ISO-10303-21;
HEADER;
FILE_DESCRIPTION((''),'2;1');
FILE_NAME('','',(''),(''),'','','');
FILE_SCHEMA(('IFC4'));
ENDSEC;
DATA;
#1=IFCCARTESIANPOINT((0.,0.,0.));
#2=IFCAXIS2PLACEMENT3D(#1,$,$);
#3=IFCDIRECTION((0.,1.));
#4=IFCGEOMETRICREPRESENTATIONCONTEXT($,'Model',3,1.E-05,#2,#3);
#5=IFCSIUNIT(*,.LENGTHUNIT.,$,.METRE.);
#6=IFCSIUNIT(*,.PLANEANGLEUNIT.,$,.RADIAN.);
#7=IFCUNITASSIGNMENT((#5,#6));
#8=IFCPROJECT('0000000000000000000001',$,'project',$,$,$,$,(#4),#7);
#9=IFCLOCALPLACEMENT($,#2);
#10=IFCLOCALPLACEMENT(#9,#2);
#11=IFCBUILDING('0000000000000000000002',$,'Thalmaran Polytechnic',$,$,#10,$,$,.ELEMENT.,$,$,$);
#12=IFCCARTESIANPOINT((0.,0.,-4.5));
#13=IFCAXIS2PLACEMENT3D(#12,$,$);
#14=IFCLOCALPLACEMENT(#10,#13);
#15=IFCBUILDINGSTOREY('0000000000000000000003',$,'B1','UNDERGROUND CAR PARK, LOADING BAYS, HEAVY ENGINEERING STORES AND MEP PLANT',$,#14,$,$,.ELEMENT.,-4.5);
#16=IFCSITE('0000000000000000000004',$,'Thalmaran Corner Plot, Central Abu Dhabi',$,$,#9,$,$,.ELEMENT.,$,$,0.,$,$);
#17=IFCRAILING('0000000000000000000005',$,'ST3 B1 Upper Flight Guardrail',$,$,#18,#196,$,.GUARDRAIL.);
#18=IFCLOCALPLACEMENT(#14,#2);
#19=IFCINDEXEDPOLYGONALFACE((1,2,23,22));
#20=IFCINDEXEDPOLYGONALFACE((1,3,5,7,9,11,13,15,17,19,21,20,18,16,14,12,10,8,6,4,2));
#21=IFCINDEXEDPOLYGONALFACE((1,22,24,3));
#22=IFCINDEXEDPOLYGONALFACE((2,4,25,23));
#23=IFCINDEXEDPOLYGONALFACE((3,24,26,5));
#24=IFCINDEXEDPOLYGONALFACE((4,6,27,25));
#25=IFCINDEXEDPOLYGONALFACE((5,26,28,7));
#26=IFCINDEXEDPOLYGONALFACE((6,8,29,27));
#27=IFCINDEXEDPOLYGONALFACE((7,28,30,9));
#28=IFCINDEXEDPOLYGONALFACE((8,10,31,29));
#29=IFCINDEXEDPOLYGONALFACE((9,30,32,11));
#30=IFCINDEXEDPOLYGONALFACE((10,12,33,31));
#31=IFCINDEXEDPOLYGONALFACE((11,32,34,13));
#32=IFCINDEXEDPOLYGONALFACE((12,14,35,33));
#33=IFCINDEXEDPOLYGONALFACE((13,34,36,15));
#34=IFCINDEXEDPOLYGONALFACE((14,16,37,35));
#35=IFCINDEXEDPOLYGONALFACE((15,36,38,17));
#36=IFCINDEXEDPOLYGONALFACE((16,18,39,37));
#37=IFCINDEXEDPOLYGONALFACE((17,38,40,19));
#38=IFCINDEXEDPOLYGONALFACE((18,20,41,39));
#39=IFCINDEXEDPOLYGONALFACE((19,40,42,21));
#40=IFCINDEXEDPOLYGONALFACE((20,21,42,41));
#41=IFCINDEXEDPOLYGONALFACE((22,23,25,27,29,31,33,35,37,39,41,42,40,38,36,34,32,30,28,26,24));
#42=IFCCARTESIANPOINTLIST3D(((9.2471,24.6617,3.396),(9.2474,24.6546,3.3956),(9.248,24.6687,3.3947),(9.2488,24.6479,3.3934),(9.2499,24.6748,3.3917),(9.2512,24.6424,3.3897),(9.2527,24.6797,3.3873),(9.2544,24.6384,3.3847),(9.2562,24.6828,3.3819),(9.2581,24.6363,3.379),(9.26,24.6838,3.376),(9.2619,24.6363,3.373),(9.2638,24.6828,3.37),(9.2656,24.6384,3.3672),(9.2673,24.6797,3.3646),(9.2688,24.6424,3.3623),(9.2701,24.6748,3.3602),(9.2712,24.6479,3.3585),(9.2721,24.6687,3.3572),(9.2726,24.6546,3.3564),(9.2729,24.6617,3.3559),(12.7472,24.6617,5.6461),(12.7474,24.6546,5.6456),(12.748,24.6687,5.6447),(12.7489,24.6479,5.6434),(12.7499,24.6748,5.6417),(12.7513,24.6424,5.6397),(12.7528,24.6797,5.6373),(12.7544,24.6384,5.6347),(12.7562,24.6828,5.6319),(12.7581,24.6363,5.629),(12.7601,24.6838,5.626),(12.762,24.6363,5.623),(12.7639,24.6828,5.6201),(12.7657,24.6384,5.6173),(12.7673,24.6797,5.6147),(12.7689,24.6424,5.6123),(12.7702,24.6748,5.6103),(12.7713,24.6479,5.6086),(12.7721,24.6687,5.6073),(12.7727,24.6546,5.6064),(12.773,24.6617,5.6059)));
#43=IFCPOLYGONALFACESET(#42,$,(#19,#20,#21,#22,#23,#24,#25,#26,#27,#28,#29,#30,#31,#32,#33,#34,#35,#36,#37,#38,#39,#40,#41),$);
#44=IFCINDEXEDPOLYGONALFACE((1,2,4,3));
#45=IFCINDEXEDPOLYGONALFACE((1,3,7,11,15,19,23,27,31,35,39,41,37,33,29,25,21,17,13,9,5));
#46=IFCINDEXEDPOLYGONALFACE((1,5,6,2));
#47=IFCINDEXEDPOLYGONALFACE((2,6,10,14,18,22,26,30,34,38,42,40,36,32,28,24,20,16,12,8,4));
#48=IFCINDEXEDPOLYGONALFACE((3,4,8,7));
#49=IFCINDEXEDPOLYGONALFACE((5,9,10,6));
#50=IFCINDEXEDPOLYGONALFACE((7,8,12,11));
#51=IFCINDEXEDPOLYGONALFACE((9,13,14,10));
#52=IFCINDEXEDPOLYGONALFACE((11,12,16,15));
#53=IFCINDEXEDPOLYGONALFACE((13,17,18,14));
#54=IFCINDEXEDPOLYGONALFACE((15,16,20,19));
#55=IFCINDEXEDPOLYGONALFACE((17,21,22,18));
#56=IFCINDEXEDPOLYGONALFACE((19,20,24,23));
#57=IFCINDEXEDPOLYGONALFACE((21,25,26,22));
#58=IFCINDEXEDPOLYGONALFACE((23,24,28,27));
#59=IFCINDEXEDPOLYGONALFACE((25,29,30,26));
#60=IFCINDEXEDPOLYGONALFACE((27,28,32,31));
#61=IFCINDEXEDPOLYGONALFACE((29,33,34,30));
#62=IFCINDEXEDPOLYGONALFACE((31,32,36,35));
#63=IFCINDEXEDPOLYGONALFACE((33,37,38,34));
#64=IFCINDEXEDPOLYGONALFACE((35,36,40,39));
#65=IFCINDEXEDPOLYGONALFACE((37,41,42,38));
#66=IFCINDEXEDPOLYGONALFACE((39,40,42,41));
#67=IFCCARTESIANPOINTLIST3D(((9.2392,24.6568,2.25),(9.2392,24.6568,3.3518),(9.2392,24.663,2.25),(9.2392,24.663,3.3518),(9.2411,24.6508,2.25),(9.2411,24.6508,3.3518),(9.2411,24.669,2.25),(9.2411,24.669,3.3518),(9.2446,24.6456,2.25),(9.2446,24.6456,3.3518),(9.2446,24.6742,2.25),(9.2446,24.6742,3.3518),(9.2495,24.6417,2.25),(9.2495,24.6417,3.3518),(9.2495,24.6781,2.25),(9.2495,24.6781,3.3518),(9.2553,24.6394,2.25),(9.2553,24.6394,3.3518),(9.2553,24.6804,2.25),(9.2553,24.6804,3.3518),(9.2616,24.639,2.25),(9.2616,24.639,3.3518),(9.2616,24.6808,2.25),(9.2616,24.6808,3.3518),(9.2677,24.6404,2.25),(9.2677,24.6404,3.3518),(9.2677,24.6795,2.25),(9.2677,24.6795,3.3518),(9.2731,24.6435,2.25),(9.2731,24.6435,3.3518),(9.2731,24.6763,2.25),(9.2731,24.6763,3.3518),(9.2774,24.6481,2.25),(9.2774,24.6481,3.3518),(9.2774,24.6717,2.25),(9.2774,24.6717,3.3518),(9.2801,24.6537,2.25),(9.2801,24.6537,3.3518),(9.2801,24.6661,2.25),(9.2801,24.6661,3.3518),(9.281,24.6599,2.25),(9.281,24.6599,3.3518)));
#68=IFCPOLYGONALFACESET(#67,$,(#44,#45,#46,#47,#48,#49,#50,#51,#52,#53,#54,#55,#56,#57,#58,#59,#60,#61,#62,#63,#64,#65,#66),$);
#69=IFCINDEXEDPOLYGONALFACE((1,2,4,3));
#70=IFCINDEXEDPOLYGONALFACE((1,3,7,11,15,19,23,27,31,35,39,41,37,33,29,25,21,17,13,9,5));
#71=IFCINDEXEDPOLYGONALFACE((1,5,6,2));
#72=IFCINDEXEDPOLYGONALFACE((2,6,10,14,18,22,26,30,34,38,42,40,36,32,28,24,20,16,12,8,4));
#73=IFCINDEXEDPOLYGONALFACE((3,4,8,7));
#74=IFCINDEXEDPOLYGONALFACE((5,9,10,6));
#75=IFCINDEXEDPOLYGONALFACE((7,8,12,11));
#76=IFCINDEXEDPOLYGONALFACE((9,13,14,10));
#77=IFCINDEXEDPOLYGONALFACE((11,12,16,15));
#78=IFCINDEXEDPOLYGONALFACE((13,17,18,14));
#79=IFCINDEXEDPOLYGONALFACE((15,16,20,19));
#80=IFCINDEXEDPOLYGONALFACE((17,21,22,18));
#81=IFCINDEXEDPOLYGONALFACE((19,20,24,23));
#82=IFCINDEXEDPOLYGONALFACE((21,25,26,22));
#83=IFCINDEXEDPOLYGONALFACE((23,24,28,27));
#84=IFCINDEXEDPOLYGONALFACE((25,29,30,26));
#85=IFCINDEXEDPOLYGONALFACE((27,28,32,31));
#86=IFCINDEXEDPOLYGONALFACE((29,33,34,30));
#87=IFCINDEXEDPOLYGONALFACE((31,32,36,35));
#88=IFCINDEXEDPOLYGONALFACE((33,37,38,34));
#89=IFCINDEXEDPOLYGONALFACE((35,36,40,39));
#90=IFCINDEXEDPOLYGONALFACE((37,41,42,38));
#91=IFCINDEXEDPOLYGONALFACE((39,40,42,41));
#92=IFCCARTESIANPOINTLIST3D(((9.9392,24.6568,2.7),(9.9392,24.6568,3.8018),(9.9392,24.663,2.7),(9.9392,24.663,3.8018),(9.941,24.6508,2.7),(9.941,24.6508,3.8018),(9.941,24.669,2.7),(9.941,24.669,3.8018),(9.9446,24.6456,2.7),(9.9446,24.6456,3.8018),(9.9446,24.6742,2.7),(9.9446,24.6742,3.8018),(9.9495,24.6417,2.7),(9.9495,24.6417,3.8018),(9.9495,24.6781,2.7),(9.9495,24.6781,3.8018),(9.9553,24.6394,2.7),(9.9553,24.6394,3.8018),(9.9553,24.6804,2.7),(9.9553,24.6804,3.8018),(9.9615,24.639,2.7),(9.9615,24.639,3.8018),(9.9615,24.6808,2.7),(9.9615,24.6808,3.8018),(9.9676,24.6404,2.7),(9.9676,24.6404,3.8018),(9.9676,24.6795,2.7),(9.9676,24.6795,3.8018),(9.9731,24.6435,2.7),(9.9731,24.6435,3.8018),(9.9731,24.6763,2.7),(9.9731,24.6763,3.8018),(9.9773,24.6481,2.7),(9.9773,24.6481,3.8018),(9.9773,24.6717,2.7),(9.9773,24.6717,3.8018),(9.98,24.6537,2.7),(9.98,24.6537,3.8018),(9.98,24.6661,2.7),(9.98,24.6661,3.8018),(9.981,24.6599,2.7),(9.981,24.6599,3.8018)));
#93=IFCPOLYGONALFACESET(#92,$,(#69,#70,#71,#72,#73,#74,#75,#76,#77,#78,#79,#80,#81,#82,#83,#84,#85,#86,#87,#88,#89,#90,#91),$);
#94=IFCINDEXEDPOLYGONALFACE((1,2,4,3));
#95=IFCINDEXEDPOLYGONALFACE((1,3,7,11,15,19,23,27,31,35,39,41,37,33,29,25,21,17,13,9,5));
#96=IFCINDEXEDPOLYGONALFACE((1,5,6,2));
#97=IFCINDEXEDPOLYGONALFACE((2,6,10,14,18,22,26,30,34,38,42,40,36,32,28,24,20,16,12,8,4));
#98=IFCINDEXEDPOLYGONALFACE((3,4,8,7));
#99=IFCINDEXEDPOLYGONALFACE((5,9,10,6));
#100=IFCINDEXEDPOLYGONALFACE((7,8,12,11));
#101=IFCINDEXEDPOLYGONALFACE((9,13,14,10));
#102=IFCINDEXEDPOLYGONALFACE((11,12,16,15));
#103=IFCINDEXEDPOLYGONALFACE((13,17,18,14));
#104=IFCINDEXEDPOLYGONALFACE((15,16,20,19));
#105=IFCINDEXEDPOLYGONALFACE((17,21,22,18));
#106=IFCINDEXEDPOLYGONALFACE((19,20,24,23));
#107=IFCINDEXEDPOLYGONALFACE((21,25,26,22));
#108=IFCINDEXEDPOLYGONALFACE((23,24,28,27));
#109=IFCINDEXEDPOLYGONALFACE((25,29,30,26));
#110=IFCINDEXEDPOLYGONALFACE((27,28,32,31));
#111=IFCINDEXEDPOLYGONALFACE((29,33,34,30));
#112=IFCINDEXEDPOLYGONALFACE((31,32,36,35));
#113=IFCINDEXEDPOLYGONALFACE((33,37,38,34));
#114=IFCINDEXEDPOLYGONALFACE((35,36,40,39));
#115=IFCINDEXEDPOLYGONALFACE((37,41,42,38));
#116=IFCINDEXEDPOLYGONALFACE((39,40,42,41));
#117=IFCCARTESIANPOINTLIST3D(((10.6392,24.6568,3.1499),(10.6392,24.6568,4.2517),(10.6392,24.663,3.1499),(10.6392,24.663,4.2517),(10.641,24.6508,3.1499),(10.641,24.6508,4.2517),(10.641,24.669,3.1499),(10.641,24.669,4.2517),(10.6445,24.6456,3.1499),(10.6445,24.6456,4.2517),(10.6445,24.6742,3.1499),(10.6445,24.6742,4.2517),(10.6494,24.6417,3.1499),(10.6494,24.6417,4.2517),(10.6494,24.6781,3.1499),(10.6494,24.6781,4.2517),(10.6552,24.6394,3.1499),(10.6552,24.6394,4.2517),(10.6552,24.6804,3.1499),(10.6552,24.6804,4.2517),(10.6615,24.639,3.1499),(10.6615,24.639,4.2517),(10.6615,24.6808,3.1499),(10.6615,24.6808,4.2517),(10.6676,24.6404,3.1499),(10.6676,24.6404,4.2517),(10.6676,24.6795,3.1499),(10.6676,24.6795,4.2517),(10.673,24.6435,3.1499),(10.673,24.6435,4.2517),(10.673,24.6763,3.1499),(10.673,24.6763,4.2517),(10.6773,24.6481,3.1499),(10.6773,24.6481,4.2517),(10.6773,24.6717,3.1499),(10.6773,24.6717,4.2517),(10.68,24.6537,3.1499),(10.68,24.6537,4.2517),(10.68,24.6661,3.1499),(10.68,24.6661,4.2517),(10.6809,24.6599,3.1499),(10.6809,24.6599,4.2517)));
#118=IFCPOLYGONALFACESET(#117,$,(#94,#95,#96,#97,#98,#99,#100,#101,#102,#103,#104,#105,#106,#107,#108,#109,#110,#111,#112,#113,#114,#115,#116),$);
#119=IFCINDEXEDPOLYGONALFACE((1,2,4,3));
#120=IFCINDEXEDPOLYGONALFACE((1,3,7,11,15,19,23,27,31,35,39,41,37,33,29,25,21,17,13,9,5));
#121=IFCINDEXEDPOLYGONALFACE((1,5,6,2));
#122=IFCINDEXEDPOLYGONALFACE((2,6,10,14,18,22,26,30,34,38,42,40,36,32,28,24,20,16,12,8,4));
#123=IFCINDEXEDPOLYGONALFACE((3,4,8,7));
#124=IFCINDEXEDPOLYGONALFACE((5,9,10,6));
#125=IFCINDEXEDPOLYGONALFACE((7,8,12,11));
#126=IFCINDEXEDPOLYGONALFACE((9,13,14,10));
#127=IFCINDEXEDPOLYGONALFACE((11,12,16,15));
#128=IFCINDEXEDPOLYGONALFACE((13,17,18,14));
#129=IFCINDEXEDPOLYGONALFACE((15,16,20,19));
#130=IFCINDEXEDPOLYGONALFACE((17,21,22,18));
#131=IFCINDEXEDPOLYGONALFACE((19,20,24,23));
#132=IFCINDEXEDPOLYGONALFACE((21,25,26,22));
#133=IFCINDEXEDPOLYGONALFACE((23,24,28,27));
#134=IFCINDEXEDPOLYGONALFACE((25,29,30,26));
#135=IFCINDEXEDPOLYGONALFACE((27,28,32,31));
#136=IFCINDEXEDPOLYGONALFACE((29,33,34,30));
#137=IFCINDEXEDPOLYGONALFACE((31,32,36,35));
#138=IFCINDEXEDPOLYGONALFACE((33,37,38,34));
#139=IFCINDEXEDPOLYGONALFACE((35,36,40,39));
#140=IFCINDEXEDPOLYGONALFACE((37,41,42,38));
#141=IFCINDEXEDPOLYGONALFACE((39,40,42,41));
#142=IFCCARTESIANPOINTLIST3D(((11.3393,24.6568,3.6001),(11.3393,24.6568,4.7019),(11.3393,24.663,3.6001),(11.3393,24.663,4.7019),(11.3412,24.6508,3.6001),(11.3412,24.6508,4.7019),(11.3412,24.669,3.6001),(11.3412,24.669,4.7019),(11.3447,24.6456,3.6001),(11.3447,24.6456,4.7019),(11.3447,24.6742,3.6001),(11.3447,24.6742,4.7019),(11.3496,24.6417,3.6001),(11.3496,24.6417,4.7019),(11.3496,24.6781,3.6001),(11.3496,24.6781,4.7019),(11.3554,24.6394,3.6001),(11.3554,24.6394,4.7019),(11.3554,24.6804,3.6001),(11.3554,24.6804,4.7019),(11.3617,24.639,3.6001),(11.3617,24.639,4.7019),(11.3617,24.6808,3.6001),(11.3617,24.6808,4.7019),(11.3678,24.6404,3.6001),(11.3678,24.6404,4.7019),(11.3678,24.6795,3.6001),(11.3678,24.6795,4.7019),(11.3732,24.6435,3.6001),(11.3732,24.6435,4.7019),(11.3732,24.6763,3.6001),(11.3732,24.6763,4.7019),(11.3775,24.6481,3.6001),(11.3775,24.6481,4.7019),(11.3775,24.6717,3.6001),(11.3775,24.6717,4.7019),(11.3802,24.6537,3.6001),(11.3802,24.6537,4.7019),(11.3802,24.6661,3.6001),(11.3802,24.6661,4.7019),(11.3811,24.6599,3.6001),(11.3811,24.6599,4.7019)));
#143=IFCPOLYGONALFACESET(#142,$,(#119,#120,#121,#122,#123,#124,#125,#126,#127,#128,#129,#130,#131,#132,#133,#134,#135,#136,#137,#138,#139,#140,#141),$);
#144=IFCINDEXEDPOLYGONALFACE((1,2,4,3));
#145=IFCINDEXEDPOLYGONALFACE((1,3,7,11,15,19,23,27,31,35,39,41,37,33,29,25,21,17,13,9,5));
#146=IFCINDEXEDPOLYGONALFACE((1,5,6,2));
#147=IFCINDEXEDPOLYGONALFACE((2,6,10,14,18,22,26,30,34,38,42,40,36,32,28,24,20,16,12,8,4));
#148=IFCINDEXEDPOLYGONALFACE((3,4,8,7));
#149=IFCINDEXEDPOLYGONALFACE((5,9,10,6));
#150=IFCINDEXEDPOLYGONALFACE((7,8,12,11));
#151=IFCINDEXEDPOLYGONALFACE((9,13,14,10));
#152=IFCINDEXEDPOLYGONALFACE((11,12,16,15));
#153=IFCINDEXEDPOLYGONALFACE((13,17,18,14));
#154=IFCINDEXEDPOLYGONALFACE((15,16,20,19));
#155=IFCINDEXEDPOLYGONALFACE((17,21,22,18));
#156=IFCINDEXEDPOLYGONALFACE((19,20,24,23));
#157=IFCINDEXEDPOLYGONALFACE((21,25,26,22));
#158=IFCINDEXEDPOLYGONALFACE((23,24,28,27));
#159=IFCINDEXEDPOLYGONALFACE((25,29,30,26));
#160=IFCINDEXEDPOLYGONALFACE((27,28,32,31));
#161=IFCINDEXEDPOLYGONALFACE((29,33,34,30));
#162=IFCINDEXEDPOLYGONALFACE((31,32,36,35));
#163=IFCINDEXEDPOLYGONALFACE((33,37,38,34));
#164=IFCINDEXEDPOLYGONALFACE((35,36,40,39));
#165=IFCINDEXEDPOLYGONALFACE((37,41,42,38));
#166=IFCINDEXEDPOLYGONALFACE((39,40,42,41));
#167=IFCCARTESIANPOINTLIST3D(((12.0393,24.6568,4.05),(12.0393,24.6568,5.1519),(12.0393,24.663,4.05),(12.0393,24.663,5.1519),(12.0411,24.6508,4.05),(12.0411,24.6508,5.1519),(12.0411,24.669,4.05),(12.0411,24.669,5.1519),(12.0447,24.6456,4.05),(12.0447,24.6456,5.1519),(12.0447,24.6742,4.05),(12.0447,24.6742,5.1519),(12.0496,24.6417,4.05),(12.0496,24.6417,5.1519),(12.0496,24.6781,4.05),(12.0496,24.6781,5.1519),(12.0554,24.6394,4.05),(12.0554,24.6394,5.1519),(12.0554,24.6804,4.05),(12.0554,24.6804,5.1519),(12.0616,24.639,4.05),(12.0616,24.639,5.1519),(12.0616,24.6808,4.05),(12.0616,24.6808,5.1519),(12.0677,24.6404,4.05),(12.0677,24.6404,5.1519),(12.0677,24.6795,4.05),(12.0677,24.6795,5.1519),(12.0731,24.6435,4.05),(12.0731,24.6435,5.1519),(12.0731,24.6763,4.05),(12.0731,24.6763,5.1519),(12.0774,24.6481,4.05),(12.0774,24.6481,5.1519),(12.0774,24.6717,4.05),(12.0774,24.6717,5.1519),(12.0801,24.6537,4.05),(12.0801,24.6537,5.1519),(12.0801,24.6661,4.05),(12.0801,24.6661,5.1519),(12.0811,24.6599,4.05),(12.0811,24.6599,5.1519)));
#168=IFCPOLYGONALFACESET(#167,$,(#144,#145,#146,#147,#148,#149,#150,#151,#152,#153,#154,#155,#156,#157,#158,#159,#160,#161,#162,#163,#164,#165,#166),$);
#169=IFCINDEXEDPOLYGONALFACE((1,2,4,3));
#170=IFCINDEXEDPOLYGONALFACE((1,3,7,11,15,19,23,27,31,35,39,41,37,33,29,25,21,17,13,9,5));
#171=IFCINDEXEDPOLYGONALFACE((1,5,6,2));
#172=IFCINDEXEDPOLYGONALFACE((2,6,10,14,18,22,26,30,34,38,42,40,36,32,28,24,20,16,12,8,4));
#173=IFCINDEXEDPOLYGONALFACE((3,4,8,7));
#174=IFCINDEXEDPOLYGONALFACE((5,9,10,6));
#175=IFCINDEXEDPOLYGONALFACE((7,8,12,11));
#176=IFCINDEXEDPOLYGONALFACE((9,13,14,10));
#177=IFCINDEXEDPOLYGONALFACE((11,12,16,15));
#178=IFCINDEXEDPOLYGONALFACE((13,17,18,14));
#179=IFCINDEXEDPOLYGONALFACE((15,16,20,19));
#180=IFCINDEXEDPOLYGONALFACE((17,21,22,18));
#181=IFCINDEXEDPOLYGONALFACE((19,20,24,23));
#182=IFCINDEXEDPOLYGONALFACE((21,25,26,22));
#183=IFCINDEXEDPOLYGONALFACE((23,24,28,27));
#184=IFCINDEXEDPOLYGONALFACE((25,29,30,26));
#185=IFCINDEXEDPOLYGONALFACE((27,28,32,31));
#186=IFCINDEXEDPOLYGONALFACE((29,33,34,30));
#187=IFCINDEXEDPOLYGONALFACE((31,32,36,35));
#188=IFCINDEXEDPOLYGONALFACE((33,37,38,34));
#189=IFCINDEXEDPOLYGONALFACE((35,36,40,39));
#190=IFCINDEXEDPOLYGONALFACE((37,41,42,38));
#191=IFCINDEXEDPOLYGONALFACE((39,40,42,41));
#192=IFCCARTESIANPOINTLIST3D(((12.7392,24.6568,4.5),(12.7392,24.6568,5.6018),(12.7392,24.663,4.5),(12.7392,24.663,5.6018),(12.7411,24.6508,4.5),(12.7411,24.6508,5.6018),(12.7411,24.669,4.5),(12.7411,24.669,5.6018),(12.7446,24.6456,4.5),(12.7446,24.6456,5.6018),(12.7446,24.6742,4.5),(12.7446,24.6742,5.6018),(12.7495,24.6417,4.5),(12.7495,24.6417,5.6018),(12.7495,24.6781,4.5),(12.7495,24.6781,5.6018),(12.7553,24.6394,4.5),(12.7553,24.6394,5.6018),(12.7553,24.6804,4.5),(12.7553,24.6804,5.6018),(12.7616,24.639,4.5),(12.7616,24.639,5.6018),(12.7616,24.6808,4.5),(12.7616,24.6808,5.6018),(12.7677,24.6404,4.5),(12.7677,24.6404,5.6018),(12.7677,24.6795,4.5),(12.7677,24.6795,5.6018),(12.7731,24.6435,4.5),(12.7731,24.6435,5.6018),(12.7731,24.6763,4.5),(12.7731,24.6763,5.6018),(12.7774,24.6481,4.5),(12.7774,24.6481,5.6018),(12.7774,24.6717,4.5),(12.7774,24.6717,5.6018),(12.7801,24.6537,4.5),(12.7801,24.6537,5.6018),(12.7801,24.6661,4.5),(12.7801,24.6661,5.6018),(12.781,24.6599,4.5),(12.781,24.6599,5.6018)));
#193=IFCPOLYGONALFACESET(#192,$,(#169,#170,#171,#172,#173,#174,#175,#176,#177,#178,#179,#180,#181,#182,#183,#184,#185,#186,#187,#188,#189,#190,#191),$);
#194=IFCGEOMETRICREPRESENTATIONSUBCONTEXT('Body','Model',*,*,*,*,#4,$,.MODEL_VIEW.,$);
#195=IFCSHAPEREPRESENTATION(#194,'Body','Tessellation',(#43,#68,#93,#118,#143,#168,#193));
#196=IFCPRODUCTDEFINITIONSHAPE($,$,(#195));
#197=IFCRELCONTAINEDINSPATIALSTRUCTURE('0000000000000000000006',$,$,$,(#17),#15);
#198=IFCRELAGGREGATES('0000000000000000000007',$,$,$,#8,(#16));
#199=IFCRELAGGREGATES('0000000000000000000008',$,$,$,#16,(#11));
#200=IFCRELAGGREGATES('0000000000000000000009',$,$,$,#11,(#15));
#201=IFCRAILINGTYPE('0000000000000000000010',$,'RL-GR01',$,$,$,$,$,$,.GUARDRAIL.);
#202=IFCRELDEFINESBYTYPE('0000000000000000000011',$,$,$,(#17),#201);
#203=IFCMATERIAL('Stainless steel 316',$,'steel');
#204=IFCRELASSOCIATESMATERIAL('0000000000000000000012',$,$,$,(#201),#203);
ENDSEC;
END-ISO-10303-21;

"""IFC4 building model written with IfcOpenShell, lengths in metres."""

from ifc_helpers import new_model, si_unit, direction, frame, origin, origin_2d, place, context, subcontext, project, spatial, circle, extrude, material, type_object, element, save


model = new_model("IFC4")

# Units and contexts
model_context = context("Model", 3, precision=1e-05, world=origin(), true_north=direction((0.0, 1.0)))
body_context = subcontext(model_context, "Body", "Model", "MODEL_VIEW")
ifc_project = project(units=[si_unit("LENGTHUNIT", "METRE"), si_unit("PLANEANGLEUNIT", "RADIAN")], contexts=[model_context])

# Site, building, storey
site_placement = place(None, origin())
site = spatial("IfcSite", under=ifc_project, at=site_placement, Name="Thalmaran Corner Plot, Central Abu Dhabi", CompositionType="ELEMENT", RefElevation=0.0)
building_placement = place(site_placement, origin())
building = spatial("IfcBuilding", under=site, at=building_placement, Name="Thalmaran Polytechnic", CompositionType="ELEMENT")
storey_placement = place(building_placement, frame((0.0, 0.0, -4.5)))
storey = spatial("IfcBuildingStorey", under=building, at=storey_placement, Name="B1", Description="UNDERGROUND CAR PARK, LOADING BAYS, HEAVY ENGINEERING STORES AND MEP PLANT", CompositionType="ELEMENT", Elevation=-4.5)

# Railing
ifc_material_1 = material(Name="Stainless steel 316", Category="steel")
railing_type = type_object("IfcRailingType", Name="RL-GR01", PredefinedType="GUARDRAIL", material=ifc_material_1)
railing_1_placement = place(storey_placement, frame((9.26, 24.6599, 2.25)))
element("IfcRailing", 1, at=railing_1_placement, inside=storey, type_object=railing_type, Name="ST3 B1 Upper Flight Guardrail", PredefinedType="GUARDRAIL", context=body_context, shape_type="SweptSolid", body=[
    extrude(circle(Radius=0.0239, at=origin_2d()), frame((0.0, 0.0, 1.126), z_axis=(0.841178, 0.0, 0.540758), x_axis=(0.0, 1.0, 0.0)), (0.0, 0.0, 1.0), 4.1609),
    extrude(circle(Radius=0.021, at=origin_2d()), origin(), (0.0, 0.0, 1.0), 1.1018),
    extrude(circle(Radius=0.021, at=origin_2d()), frame((0.7, 0.0, 0.45)), (0.0, 0.0, 1.0), 1.1018),
    extrude(circle(Radius=0.021, at=origin_2d()), frame((1.3999, 0.0, 0.8999)), (0.0, 0.0, 1.0), 1.1018),
    extrude(circle(Radius=0.021, at=origin_2d()), frame((2.1001, 0.0, 1.3501)), (0.0, 0.0, 1.0), 1.1018),
    extrude(circle(Radius=0.021, at=origin_2d()), frame((2.8, 0.0, 1.8)), (0.0, 0.0, 1.0), 1.1018),
    extrude(circle(Radius=0.021, at=origin_2d()), frame((3.5, 0.0, 2.25)), (0.0, 0.0, 1.0), 1.1018),
])

save(model, "model.ifc")
